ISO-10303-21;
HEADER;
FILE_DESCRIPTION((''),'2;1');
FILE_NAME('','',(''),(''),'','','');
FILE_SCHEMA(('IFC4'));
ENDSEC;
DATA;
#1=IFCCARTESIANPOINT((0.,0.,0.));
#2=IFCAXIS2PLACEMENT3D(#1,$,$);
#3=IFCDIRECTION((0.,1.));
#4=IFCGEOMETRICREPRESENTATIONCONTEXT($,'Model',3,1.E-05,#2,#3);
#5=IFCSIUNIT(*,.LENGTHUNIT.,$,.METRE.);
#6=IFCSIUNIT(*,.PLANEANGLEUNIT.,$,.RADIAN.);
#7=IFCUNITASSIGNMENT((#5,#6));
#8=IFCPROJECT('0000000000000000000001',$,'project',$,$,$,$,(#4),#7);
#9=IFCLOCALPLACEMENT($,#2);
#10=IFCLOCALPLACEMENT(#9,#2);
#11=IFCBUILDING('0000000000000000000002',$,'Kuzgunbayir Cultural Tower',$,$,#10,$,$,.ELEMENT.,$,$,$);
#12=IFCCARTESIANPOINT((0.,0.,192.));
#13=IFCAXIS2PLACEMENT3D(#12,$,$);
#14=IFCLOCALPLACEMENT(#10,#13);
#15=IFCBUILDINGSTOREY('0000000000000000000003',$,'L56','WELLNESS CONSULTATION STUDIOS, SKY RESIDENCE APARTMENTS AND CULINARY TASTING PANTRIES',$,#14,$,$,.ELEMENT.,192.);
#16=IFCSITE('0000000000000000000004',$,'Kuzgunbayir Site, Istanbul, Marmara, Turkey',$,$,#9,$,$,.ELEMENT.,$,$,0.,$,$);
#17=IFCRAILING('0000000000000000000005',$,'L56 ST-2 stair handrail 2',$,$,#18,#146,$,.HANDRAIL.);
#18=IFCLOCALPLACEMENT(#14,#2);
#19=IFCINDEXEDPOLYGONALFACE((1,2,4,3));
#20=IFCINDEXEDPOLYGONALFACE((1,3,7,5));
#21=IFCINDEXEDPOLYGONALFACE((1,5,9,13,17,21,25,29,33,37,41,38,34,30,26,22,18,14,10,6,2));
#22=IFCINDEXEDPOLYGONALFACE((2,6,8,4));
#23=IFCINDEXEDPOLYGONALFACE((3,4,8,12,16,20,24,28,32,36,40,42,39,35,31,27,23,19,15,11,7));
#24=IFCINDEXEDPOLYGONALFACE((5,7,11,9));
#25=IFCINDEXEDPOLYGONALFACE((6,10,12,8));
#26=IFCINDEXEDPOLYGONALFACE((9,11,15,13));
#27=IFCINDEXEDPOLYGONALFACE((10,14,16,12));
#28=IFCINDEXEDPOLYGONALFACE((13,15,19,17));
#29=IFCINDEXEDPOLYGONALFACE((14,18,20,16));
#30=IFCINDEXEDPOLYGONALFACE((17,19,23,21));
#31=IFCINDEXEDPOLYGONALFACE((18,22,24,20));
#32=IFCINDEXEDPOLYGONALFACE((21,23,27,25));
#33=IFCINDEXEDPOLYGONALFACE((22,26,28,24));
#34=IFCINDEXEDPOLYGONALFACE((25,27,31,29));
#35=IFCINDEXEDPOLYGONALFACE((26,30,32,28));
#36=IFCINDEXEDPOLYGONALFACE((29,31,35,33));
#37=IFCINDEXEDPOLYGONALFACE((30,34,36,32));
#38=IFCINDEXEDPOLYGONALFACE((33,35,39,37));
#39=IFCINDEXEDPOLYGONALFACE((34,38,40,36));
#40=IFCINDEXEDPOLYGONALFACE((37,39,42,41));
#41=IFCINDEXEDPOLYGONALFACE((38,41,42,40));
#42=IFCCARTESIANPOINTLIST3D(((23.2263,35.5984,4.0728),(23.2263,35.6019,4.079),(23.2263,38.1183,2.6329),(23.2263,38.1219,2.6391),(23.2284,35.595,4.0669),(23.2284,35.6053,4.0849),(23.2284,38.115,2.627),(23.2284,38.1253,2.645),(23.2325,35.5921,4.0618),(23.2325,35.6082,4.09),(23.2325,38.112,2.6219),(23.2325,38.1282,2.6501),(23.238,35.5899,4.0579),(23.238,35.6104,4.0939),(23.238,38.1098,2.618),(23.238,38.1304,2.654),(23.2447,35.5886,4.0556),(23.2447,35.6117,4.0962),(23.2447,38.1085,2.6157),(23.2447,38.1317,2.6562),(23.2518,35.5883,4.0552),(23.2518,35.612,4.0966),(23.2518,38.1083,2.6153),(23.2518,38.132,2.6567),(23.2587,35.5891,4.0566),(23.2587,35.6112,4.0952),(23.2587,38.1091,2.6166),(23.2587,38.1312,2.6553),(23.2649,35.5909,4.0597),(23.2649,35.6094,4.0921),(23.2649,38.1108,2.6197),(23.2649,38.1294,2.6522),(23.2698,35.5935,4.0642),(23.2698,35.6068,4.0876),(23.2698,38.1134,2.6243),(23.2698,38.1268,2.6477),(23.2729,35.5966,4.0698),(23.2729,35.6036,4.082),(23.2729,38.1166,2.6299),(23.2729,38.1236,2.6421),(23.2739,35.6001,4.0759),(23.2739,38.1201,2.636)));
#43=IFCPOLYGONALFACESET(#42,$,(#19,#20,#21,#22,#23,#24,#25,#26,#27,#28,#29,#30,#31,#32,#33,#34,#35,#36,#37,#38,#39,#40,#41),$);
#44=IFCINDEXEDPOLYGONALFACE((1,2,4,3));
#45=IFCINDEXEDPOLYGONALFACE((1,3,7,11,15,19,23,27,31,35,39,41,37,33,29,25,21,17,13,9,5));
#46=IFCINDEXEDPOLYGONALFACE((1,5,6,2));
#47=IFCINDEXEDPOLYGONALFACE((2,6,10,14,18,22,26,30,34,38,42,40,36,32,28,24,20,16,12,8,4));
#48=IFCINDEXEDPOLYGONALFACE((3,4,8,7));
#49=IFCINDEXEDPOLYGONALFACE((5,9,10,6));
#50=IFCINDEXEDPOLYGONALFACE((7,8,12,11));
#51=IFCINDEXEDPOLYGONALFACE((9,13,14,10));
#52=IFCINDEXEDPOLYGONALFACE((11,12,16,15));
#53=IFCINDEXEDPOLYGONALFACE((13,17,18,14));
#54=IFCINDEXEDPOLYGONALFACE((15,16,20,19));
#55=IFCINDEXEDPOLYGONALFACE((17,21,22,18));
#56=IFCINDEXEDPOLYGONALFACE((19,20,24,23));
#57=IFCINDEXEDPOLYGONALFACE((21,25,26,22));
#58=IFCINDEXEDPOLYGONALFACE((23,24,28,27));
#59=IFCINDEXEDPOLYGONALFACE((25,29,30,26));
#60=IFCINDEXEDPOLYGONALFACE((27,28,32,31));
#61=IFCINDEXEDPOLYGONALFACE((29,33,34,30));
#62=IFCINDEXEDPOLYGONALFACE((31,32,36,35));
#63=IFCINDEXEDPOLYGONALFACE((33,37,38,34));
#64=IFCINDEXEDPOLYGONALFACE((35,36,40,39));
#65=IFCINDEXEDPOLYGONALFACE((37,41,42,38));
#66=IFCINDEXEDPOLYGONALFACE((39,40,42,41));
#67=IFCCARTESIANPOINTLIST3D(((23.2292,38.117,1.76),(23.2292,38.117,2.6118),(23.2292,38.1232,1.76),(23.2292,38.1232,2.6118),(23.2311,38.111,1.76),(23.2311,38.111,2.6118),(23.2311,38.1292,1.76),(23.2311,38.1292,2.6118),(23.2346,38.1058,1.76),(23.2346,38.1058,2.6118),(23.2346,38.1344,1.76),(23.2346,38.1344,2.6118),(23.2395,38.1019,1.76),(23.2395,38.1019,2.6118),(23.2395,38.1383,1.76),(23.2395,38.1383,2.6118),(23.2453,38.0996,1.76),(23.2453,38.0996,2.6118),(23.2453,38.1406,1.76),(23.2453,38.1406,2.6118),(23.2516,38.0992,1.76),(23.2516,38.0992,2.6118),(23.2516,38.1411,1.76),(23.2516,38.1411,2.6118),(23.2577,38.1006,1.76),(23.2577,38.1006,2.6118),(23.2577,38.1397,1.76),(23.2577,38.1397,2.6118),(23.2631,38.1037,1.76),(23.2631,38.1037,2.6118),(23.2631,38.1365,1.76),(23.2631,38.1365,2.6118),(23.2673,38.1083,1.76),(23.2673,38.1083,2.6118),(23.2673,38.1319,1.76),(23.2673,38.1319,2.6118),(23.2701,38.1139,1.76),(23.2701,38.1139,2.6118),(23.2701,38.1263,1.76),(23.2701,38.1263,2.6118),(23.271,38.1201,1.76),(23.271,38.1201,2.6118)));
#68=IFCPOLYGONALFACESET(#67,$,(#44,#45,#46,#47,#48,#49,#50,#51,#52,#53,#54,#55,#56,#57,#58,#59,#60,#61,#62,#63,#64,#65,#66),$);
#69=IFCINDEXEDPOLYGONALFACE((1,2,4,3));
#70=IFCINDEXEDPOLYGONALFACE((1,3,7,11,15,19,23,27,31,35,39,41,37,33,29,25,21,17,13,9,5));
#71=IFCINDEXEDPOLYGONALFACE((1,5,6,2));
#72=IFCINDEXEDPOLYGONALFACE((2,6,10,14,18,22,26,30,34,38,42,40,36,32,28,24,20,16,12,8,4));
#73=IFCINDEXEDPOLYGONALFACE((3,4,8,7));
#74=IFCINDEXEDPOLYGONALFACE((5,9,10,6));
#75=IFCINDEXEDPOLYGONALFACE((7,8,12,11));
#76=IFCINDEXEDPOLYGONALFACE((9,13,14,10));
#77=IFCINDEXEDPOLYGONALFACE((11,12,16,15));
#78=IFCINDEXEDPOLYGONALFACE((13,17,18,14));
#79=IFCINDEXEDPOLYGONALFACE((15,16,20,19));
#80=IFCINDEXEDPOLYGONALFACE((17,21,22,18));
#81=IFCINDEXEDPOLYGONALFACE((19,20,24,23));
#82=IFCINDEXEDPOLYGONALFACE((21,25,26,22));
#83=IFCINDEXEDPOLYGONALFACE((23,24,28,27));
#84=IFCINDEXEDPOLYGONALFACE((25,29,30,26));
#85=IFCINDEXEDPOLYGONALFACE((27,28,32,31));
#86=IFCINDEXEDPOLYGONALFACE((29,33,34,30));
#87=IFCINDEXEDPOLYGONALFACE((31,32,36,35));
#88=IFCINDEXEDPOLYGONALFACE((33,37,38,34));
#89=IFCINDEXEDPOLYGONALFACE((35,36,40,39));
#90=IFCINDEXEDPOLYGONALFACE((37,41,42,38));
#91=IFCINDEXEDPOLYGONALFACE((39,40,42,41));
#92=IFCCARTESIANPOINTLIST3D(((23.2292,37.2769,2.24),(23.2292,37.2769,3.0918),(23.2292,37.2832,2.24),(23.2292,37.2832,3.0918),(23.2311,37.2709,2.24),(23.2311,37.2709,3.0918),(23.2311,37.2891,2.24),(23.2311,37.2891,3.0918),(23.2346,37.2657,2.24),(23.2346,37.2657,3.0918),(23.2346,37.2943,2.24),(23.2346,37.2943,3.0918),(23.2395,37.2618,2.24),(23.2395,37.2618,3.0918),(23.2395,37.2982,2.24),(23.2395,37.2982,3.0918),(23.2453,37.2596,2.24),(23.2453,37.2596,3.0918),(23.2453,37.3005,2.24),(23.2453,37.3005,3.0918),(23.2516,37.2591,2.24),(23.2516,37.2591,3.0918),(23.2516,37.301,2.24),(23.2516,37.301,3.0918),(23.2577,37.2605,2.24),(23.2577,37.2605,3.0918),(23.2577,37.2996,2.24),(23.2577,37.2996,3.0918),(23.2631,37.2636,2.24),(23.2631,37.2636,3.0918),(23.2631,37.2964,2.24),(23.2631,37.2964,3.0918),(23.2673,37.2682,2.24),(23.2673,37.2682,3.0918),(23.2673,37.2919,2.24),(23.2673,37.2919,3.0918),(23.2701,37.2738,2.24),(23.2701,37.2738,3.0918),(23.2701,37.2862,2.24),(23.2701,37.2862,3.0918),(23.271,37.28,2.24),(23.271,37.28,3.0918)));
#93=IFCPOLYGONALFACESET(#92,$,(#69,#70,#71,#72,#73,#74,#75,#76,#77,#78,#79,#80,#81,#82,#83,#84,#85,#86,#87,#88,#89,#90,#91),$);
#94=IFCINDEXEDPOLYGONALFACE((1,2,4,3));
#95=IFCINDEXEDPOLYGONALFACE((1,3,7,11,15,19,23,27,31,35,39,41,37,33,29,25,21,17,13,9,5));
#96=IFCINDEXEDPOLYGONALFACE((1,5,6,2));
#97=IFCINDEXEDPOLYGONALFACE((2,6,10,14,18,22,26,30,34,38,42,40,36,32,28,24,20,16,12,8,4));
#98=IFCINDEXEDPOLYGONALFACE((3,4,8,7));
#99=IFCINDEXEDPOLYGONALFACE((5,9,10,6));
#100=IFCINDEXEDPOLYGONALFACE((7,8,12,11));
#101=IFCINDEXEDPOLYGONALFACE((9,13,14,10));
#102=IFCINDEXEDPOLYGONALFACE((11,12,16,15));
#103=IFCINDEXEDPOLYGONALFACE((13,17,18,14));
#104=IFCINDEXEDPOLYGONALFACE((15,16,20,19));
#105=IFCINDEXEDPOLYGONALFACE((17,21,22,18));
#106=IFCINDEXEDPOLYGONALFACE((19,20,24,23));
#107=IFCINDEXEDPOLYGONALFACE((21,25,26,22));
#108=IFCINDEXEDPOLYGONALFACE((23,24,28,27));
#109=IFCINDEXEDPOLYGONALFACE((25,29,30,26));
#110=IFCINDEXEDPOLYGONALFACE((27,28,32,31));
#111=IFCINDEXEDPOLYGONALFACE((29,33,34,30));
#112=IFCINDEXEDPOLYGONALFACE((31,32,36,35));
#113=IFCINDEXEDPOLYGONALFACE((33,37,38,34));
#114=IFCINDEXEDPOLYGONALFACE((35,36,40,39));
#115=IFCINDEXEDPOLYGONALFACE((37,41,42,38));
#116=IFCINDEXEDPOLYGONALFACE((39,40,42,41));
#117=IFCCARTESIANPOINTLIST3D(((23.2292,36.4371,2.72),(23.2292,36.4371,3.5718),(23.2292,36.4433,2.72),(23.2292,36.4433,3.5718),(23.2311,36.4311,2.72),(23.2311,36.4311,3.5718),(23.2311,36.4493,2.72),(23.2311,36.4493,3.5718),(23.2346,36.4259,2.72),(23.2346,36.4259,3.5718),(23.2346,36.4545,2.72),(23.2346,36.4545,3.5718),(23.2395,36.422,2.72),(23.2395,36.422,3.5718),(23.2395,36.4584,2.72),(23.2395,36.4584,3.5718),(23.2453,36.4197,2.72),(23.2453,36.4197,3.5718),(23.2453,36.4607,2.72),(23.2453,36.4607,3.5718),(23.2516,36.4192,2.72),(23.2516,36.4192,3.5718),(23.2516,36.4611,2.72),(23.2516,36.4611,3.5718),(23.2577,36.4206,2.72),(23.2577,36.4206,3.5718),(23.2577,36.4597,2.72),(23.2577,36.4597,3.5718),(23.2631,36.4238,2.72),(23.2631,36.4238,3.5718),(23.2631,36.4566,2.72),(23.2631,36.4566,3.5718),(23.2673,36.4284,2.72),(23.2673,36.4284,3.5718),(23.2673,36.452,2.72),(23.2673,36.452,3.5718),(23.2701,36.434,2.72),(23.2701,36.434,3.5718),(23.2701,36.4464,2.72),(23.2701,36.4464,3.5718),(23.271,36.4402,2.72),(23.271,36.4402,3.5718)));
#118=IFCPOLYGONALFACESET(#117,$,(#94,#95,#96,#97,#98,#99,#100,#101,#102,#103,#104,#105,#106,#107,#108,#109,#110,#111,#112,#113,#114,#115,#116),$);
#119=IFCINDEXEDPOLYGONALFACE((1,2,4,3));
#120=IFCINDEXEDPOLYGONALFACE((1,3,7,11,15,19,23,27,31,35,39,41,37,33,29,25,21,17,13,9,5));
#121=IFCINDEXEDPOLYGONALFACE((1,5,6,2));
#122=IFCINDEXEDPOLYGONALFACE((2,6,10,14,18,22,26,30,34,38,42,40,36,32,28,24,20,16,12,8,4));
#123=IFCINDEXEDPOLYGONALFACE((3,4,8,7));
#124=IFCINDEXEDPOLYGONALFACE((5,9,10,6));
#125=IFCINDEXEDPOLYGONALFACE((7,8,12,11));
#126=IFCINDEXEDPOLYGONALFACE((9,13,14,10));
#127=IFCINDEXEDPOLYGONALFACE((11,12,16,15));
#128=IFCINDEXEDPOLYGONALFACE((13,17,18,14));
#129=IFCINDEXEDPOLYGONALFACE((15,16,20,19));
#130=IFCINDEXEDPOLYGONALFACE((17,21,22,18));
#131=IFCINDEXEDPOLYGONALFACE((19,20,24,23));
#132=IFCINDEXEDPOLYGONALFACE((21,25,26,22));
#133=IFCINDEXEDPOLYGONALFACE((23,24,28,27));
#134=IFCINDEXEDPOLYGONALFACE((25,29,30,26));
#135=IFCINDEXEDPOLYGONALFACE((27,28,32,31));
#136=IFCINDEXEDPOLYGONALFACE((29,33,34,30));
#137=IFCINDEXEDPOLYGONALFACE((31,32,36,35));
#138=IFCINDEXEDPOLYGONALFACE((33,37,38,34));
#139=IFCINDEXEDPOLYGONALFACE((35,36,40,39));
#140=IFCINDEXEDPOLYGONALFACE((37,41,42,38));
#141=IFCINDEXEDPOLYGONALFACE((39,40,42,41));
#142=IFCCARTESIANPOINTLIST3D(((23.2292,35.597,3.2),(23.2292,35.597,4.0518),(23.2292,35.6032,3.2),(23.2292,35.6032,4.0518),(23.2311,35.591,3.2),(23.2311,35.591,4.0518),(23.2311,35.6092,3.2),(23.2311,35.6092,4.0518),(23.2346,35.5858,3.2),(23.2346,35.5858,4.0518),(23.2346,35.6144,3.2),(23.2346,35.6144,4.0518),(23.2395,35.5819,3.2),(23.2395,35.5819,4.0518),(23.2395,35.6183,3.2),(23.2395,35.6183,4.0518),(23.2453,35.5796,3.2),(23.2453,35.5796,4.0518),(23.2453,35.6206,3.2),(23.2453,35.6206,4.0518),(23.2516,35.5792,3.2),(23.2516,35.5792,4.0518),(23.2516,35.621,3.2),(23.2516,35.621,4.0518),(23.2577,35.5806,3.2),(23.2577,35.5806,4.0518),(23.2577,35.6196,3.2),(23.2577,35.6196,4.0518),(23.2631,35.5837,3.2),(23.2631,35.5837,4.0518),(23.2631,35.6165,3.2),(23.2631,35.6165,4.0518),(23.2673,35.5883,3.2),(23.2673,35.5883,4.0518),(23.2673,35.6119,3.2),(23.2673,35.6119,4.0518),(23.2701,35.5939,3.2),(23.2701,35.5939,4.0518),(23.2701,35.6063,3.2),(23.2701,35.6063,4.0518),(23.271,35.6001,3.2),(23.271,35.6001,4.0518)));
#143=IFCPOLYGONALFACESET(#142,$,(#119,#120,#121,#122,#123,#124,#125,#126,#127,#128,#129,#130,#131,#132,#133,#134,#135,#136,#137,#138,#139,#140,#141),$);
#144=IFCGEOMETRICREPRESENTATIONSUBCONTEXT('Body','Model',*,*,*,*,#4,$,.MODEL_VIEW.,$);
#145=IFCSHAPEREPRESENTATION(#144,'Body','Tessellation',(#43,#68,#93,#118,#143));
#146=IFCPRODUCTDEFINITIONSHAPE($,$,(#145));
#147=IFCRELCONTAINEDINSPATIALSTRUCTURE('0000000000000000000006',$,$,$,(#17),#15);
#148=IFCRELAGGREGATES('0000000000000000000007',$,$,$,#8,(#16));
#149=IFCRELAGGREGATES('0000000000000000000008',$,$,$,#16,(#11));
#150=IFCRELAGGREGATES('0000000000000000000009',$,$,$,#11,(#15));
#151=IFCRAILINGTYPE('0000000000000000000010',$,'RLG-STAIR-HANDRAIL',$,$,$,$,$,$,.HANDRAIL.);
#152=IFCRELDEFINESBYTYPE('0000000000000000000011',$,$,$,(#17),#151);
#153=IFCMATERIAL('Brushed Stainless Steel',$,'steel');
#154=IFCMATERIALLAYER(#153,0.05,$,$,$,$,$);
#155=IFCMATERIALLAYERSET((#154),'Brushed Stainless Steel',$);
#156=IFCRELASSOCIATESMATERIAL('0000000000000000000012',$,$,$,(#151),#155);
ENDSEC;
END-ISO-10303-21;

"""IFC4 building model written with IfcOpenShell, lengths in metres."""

from ifc_helpers import new_model, si_unit, direction, frame, origin, origin_2d, place, context, subcontext, project, spatial, circle, extrude, material, layer, layer_set, type_object, element, save


model = new_model("IFC4")

# Units and contexts
model_context = context("Model", 3, precision=1e-05, world=origin(), true_north=direction((0.0, 1.0)))
body_context = subcontext(model_context, "Body", "Model", "MODEL_VIEW")
ifc_project = project(units=[si_unit("LENGTHUNIT", "METRE"), si_unit("PLANEANGLEUNIT", "RADIAN")], contexts=[model_context])

# Site, building, storey
site_placement = place(None, origin())
site = spatial("IfcSite", under=ifc_project, at=site_placement, Name="Kuzgunbayir Site, Istanbul, Marmara, Turkey", CompositionType="ELEMENT", RefElevation=0.0)
building_placement = place(site_placement, origin())
building = spatial("IfcBuilding", under=site, at=building_placement, Name="Kuzgunbayir Cultural Tower", CompositionType="ELEMENT")
storey_placement = place(building_placement, frame((0.0, 0.0, 192.0)))
storey = spatial("IfcBuildingStorey", under=building, at=storey_placement, Name="L56", Description="WELLNESS CONSULTATION STUDIOS, SKY RESIDENCE APARTMENTS AND CULINARY TASTING PANTRIES", CompositionType="ELEMENT", Elevation=192.0)

# Shared definitions
ifc_material_1 = material(Name="Brushed Stainless Steel", Category="steel")

# Railing
ifc_layer_1 = layer(ifc_material_1, 0.05)
ifc_layer_set_1 = layer_set([ifc_layer_1], Name="Brushed Stainless Steel")
railing_type_1 = type_object("IfcRailingType", Name="RLG-STAIR-HANDRAIL", PredefinedType="HANDRAIL", material=ifc_layer_set_1)
railing_1_placement = place(storey_placement, frame((23.25, 38.1201, 1.76)))
element("IfcRailing", 1, at=railing_1_placement, inside=storey, type_object=railing_type_1, Name="L56 ST-2 stair handrail 2", PredefinedType="HANDRAIL", context=body_context, shape_type="SweptSolid", body=[
    extrude(circle(Radius=0.0239, at=origin_2d()), frame((0.0, 0.0, 0.876), z_axis=(0.0, -0.868253, 0.496121), x_axis=(1.0, 0.0, 0.0)), (0.0, 0.0, 1.0), 2.9023),
    extrude(circle(Radius=0.021, at=origin_2d()), origin(), (0.0, 0.0, 1.0), 0.8518),
    extrude(circle(Radius=0.021, at=origin_2d()), frame((0.0, -0.8401, 0.48)), (0.0, 0.0, 1.0), 0.8518),
    extrude(circle(Radius=0.021, at=origin_2d()), frame((0.0, -1.6799, 0.96)), (0.0, 0.0, 1.0), 0.8518),
    extrude(circle(Radius=0.021, at=origin_2d()), frame((0.0, -2.52, 1.4399)), (0.0, 0.0, 1.0), 0.8518),
])

save(model, "model.ifc")
